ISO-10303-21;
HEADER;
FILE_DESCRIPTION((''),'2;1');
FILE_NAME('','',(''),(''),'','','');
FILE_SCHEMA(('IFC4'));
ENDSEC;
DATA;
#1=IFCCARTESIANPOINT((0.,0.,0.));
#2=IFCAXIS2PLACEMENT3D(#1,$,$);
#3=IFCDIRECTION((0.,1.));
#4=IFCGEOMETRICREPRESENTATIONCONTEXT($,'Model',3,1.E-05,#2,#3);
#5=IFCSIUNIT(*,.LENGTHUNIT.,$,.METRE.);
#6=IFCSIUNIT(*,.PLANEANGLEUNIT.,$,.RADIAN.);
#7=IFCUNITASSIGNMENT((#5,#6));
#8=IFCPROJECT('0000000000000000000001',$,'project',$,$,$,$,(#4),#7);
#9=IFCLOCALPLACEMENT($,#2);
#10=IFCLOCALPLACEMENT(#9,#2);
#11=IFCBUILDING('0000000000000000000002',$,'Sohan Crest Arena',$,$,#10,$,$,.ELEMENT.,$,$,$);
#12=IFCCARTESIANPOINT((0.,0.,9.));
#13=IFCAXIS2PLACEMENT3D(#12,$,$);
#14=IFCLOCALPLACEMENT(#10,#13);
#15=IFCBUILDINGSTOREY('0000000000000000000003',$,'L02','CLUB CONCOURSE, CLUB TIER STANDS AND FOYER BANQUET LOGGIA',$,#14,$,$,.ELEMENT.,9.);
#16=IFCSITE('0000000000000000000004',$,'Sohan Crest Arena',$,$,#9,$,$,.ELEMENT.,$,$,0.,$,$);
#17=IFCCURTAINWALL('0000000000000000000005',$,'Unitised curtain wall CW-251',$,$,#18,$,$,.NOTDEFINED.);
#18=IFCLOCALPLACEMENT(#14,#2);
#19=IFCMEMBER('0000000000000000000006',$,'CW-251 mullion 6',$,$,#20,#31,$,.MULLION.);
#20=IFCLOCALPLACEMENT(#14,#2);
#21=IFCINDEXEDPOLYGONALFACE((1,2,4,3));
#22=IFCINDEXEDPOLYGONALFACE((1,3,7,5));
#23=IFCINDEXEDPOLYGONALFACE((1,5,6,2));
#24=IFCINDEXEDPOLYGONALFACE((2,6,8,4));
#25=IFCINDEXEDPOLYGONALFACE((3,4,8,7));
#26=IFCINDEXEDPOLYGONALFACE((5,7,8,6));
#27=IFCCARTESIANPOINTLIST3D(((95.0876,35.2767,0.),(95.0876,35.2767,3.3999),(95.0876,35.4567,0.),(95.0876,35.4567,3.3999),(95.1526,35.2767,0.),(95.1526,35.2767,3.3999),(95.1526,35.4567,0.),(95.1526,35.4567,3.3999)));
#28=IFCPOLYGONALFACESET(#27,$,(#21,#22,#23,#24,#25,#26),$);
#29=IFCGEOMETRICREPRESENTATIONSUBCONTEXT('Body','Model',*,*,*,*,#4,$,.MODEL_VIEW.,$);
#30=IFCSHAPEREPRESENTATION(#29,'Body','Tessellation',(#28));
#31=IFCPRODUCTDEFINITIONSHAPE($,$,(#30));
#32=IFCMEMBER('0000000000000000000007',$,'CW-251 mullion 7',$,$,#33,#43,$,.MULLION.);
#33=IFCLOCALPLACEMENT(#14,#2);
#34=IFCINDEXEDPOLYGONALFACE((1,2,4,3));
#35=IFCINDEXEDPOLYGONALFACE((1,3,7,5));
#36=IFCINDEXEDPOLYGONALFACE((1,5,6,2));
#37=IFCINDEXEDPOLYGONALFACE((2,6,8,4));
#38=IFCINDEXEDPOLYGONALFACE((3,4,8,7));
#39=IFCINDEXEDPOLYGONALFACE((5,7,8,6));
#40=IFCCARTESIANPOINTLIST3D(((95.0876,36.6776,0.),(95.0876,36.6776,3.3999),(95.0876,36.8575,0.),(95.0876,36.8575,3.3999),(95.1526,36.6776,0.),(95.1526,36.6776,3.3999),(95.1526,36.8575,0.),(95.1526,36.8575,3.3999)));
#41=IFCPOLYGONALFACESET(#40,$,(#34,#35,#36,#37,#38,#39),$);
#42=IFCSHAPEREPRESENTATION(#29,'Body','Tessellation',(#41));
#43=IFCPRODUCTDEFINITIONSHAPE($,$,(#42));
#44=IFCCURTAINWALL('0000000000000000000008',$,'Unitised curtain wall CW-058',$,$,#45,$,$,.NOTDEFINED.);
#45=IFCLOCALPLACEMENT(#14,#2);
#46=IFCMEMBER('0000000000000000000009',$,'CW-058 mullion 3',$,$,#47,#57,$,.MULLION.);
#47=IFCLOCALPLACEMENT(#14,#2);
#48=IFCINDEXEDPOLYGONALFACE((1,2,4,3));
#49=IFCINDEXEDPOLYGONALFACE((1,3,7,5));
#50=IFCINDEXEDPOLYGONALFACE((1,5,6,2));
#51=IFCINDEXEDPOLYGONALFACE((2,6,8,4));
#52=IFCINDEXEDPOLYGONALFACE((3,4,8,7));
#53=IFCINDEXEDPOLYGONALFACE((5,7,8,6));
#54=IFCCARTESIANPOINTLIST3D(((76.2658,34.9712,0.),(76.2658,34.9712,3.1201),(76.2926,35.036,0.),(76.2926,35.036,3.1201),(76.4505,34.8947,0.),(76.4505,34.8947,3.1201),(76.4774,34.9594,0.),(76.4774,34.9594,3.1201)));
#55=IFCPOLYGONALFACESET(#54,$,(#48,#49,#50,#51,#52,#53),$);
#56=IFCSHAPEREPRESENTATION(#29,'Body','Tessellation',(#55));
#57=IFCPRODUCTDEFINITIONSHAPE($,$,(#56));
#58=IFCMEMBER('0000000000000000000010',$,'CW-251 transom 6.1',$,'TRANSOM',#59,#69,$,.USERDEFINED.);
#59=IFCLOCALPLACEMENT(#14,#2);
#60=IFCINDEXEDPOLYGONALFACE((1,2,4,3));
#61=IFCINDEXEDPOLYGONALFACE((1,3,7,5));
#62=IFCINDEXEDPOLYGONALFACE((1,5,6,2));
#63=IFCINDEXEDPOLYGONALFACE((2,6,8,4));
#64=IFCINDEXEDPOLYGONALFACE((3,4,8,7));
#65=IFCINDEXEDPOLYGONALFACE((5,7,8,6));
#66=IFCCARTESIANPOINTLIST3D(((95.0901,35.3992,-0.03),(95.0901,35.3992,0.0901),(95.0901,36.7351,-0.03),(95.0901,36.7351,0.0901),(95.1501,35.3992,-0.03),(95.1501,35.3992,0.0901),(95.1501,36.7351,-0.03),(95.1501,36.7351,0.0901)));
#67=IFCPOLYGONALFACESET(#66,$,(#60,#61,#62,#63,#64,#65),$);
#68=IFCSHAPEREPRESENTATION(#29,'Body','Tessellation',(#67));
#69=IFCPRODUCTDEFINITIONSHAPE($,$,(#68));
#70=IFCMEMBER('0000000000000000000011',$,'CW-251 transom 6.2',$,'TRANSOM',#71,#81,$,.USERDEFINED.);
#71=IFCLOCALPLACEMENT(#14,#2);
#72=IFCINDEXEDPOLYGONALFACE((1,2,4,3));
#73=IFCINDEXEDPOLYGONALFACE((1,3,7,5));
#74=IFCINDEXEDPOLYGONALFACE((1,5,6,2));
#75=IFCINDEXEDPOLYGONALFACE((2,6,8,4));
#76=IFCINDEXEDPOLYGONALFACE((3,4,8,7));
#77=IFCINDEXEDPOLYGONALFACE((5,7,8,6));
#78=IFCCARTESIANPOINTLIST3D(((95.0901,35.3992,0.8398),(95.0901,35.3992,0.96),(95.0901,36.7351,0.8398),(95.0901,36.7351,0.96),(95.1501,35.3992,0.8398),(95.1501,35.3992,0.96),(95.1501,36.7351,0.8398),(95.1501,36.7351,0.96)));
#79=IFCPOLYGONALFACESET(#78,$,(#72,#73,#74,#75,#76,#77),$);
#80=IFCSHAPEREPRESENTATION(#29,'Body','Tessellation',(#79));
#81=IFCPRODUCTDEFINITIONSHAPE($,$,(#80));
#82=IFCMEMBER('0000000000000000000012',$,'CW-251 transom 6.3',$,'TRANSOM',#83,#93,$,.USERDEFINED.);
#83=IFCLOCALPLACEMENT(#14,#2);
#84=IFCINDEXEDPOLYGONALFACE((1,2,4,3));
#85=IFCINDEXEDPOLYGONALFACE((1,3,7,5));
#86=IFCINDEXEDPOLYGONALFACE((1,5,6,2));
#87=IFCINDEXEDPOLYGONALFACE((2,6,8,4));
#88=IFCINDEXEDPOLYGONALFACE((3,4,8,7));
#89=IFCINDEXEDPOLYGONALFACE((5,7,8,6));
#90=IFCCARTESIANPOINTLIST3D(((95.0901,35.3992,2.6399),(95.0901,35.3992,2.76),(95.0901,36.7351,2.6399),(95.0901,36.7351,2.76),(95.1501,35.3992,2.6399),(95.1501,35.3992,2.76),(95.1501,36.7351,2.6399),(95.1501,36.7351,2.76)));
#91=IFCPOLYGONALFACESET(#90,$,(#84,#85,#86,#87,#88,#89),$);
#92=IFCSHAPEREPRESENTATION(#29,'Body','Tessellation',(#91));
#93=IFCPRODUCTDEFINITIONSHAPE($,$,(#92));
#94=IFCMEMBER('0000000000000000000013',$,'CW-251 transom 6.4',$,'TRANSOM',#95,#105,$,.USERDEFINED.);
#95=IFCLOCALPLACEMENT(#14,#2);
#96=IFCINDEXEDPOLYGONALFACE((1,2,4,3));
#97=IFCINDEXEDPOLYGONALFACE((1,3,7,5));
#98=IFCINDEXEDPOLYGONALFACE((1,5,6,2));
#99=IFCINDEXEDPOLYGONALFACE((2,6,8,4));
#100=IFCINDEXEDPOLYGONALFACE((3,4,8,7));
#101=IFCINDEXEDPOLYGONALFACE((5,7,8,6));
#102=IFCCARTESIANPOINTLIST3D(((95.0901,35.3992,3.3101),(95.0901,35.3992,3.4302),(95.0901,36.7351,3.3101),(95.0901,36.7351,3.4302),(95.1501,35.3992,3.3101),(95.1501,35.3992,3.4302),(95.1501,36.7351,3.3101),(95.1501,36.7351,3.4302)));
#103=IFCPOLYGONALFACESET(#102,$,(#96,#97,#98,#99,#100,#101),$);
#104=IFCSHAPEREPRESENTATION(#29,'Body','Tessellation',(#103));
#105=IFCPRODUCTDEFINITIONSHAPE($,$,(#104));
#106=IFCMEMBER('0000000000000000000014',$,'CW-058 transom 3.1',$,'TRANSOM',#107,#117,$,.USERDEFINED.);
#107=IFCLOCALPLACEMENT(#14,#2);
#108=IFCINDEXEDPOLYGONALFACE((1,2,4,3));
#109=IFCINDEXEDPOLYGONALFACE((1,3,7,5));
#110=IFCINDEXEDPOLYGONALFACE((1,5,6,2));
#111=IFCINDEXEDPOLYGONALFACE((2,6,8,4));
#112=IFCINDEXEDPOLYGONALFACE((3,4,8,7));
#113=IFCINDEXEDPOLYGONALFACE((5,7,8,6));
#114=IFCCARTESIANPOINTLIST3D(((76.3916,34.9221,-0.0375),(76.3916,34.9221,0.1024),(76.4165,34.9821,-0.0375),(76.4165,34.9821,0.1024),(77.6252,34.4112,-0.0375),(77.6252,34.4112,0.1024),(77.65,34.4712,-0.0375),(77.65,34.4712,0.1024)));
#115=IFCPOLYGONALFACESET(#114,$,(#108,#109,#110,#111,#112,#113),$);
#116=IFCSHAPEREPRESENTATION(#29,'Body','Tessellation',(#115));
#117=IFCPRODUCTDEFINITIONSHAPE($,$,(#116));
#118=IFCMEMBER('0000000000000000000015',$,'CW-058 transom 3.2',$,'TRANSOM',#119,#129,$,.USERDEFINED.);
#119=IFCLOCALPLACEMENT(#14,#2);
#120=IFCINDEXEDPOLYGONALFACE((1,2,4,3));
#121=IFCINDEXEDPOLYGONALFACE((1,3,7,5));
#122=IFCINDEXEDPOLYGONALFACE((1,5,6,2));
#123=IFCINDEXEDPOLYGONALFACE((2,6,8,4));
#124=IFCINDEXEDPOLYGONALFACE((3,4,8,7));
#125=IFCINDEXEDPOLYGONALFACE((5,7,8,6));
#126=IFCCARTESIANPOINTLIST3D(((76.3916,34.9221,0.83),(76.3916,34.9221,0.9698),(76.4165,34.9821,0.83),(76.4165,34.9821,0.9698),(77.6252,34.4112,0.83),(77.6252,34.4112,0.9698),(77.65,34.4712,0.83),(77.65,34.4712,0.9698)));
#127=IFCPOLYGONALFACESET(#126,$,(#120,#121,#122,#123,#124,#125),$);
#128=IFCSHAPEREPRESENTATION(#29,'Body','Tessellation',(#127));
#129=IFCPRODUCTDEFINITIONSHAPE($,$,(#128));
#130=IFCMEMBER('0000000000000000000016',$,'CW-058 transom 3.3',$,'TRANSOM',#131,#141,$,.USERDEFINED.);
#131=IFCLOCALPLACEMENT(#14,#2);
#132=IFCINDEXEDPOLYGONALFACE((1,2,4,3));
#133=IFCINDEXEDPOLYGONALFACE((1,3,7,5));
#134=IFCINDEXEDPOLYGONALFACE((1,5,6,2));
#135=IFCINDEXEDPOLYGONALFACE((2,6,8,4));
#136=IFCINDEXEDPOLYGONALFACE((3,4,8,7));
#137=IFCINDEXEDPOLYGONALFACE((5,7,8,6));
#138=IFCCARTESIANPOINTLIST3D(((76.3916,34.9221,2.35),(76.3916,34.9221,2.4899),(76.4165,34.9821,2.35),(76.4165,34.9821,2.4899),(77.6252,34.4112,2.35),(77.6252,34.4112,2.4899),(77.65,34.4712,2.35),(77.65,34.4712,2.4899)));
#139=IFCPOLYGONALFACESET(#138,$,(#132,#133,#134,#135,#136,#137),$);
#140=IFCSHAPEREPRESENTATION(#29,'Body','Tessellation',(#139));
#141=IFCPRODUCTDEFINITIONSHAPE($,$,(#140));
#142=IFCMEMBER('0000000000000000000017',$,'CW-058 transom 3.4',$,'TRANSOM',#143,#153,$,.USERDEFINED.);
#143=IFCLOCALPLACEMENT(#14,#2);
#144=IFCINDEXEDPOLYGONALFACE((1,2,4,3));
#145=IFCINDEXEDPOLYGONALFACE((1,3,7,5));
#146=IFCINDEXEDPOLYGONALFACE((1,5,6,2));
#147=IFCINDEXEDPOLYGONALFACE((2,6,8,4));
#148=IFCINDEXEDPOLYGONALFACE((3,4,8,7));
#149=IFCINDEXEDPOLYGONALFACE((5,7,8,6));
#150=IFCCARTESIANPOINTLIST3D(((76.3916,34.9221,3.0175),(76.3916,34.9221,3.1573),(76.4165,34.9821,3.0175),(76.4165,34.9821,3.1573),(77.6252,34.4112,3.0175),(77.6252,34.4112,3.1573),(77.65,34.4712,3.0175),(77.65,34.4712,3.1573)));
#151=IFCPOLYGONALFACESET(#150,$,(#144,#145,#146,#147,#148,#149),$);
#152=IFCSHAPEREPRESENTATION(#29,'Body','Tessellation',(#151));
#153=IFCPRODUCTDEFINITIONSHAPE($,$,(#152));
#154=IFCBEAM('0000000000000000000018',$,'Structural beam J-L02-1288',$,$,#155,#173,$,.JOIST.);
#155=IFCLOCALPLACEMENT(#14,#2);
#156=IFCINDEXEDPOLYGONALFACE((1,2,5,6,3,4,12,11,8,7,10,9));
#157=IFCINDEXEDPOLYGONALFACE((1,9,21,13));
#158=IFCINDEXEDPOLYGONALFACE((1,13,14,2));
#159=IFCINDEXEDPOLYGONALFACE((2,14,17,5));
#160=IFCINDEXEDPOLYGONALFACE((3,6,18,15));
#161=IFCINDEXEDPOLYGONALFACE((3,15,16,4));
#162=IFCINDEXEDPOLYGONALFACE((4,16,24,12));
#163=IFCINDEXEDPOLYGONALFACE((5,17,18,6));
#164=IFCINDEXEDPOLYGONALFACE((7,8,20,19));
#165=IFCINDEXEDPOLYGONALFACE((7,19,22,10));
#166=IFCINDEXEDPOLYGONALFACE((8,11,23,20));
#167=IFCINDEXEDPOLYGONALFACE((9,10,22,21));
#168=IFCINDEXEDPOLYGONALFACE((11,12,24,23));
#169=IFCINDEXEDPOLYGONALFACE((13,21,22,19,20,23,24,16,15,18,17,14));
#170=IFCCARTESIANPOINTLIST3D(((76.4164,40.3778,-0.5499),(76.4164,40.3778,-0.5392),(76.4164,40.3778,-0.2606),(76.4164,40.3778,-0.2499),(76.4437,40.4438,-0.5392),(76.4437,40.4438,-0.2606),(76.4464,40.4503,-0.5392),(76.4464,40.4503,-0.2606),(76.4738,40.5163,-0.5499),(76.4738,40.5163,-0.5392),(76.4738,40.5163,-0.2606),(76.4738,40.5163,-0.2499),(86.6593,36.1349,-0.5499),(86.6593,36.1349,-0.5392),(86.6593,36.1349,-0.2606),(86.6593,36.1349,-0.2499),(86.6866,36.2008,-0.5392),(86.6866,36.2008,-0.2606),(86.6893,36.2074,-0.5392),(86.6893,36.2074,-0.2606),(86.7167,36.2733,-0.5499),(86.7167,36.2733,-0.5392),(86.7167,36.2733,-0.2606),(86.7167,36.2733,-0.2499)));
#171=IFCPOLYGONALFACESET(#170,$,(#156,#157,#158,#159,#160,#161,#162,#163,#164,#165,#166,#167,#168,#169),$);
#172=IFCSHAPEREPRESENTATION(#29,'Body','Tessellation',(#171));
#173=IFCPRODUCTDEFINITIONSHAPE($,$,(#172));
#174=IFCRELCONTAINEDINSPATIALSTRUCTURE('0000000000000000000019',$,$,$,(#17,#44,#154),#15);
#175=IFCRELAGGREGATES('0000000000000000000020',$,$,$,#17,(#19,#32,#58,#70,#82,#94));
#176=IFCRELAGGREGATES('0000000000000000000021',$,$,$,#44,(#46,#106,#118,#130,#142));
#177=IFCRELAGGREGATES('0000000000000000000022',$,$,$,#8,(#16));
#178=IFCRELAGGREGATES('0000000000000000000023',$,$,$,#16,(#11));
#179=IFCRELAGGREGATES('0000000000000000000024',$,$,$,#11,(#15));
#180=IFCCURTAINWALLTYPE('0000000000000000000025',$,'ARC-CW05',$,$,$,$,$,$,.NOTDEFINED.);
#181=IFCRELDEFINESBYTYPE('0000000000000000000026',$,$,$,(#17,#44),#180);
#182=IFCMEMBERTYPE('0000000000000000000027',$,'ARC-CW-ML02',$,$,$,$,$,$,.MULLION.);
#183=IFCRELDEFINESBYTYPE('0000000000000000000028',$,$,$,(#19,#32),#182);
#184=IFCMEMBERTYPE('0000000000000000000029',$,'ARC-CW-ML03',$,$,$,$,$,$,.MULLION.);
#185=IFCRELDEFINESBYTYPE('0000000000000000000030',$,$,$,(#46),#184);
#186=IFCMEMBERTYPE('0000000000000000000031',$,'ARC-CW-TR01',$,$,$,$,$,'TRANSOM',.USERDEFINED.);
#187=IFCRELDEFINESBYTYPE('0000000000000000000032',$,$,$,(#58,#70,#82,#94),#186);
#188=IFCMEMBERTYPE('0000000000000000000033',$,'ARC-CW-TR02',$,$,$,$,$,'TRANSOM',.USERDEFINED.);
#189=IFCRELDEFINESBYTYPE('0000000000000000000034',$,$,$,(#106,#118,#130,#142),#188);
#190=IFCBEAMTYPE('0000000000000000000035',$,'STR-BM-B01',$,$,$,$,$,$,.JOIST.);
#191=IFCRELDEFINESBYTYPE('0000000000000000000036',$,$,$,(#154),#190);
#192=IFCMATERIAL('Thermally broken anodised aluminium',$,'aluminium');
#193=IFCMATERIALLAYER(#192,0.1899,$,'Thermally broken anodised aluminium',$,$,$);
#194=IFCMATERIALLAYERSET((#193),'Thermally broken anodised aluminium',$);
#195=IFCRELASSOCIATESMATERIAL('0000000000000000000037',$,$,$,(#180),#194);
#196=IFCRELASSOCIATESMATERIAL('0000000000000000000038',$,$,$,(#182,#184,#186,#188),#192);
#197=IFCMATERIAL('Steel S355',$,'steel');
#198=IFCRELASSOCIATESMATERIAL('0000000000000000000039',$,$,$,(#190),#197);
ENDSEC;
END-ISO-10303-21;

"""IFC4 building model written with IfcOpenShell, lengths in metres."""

from ifc_helpers import new_model, si_unit, direction, frame, origin, origin_2d, place, context, subcontext, project, spatial, rectangle, i_section, extrude, material, layer, layer_set, material_profile, profile_set, type_object, element, aggregate, save


model = new_model("IFC4")

# Units and contexts
model_context = context("Model", 3, precision=1e-05, world=origin(), true_north=direction((0.0, 1.0)))
body_context = subcontext(model_context, "Body", "Model", "MODEL_VIEW")
ifc_project = project(units=[si_unit("LENGTHUNIT", "METRE"), si_unit("PLANEANGLEUNIT", "RADIAN")], contexts=[model_context])

# Site, building, storey
site_placement = place(None, origin())
site = spatial("IfcSite", under=ifc_project, at=site_placement, Name="Sohan Crest Arena", CompositionType="ELEMENT", RefElevation=0.0)
building_placement = place(site_placement, origin())
building = spatial("IfcBuilding", under=site, at=building_placement, Name="Sohan Crest Arena", CompositionType="ELEMENT")
storey_placement = place(building_placement, frame((0.0, 0.0, 9.0)))
storey = spatial("IfcBuildingStorey", under=building, at=storey_placement, Name="L02", Description="CLUB CONCOURSE, CLUB TIER STANDS AND FOYER BANQUET LOGGIA", CompositionType="ELEMENT", Elevation=9.0)

# Curtain wall, members
ifc_material_1 = material(Name="Thermally broken anodised aluminium", Category="aluminium")
ifc_layer_1 = layer(ifc_material_1, 0.1899, Name="Thermally broken anodised aluminium")
ifc_layer_set_1 = layer_set([ifc_layer_1], Name="Thermally broken anodised aluminium")
curtain_wall_type = type_object("IfcCurtainWallType", Name="ARC-CW05", PredefinedType="NOTDEFINED", material=ifc_layer_set_1)
curtain_wall_1_placement = place(storey_placement, origin())
curtain_wall_1 = element("IfcCurtainWall", 1, at=curtain_wall_1_placement, inside=storey, type_object=curtain_wall_type, Name="Unitised curtain wall CW-251", PredefinedType="NOTDEFINED")
ifc_material_profile_1 = material_profile(ifc_material_1, rectangle(XDim=0.0649, YDim=0.1799, at=origin_2d()), Name="ALU-MULL 65x180")
ifc_profile_set_1 = profile_set([ifc_material_profile_1], Name="Thermally broken anodised aluminium")
member_type_1 = type_object("IfcMemberType", Name="ARC-CW-ML02", PredefinedType="MULLION", material=ifc_profile_set_1)
member_1_placement = place(storey_placement, frame((95.1201, 35.3667, 0.0), z_axis=(0.0, 0.0, 1.0), x_axis=(-1.0, 0.0, 0.0)))
member_1 = element("IfcMember", 2, at=member_1_placement, type_object=member_type_1, Name="CW-251 mullion 6", PredefinedType="MULLION", context=body_context, shape_type="SweptSolid", body=[
    extrude(rectangle(XDim=0.0649, YDim=0.1799, at=origin_2d()), origin(), (0.0, 0.0, 1.0), 3.3999),
])
member_2_placement = place(storey_placement, frame((95.1201, 36.7676, 0.0), z_axis=(0.0, 0.0, 1.0), x_axis=(-1.0, 0.0, 0.0)))
member_2 = element("IfcMember", 3, at=member_2_placement, type_object=member_type_1, Name="CW-251 mullion 7", PredefinedType="MULLION", context=body_context, shape_type="SweptSolid", body=[
    extrude(rectangle(XDim=0.0649, YDim=0.1799, at=origin_2d()), origin(), (0.0, 0.0, 1.0), 3.3999),
])

# Curtain wall, member
curtain_wall_2_placement = place(storey_placement, origin())
curtain_wall_2 = element("IfcCurtainWall", 4, at=curtain_wall_2_placement, inside=storey, type_object=curtain_wall_type, Name="Unitised curtain wall CW-058", PredefinedType="NOTDEFINED")
ifc_material_profile_2 = material_profile(ifc_material_1, rectangle(XDim=0.0701, YDim=0.2, at=origin_2d()), Name="ALU-MULL 70x200")
ifc_profile_set_2 = profile_set([ifc_material_profile_2], Name="Thermally broken anodised aluminium")
member_type_2 = type_object("IfcMemberType", Name="ARC-CW-ML03", PredefinedType="MULLION", material=ifc_profile_set_2)
member_3_placement = place(storey_placement, frame((76.3716, 34.9653, 0.0), z_axis=(0.0, 0.0, 1.0), x_axis=(0.382678, 0.923882, 0.0)))
member_3 = element("IfcMember", 5, at=member_3_placement, type_object=member_type_2, Name="CW-058 mullion 3", PredefinedType="MULLION", context=body_context, shape_type="SweptSolid", body=[
    extrude(rectangle(XDim=0.0701, YDim=0.2, at=origin_2d()), origin(), (0.0, 0.0, 1.0), 3.1201),
])

# Members
ifc_material_profile_3 = material_profile(ifc_material_1, rectangle(XDim=0.0601, YDim=0.1201, at=origin_2d()), Name="ALU-TRAN 60x120")
ifc_profile_set_3 = profile_set([ifc_material_profile_3], Name="Thermally broken anodised aluminium")
member_type_3 = type_object("IfcMemberType", Name="ARC-CW-TR01", ElementType="TRANSOM", PredefinedType="USERDEFINED", material=ifc_profile_set_3)
member_4_placement = place(storey_placement, frame((95.1201, 35.3992, 0.03), z_axis=(0.0, 1.0, 0.0), x_axis=(-1.0, 0.0, 0.0)))
member_4 = element("IfcMember", 6, at=member_4_placement, type_object=member_type_3, Name="CW-251 transom 6.1", ObjectType="TRANSOM", PredefinedType="USERDEFINED", context=body_context, shape_type="SweptSolid", body=[
    extrude(rectangle(XDim=0.0601, YDim=0.1201, at=origin_2d()), origin(), (0.0, 0.0, 1.0), 1.3359),
])
member_5_placement = place(storey_placement, frame((95.1201, 35.3992, 0.8999), z_axis=(0.0, 1.0, 0.0), x_axis=(-1.0, 0.0, 0.0)))
member_5 = element("IfcMember", 7, at=member_5_placement, type_object=member_type_3, Name="CW-251 transom 6.2", ObjectType="TRANSOM", PredefinedType="USERDEFINED", context=body_context, shape_type="SweptSolid", body=[
    extrude(rectangle(XDim=0.0601, YDim=0.1201, at=origin_2d()), origin(), (0.0, 0.0, 1.0), 1.3359),
])
member_6_placement = place(storey_placement, frame((95.1201, 35.3992, 2.7), z_axis=(0.0, 1.0, 0.0), x_axis=(-1.0, 0.0, 0.0)))
member_6 = element("IfcMember", 8, at=member_6_placement, type_object=member_type_3, Name="CW-251 transom 6.3", ObjectType="TRANSOM", PredefinedType="USERDEFINED", context=body_context, shape_type="SweptSolid", body=[
    extrude(rectangle(XDim=0.0601, YDim=0.1201, at=origin_2d()), origin(), (0.0, 0.0, 1.0), 1.3359),
])
member_7_placement = place(storey_placement, frame((95.1201, 35.3992, 3.3701), z_axis=(0.0, 1.0, 0.0), x_axis=(-1.0, 0.0, 0.0)))
member_7 = element("IfcMember", 9, at=member_7_placement, type_object=member_type_3, Name="CW-251 transom 6.4", ObjectType="TRANSOM", PredefinedType="USERDEFINED", context=body_context, shape_type="SweptSolid", body=[
    extrude(rectangle(XDim=0.0601, YDim=0.1201, at=origin_2d()), origin(), (0.0, 0.0, 1.0), 1.3359),
])
ifc_material_profile_4 = material_profile(ifc_material_1, rectangle(XDim=0.0649, YDim=0.1399, at=origin_2d()), Name="ALU-TRAN 65x140")
ifc_profile_set_4 = profile_set([ifc_material_profile_4], Name="Thermally broken anodised aluminium")
member_type_4 = type_object("IfcMemberType", Name="ARC-CW-TR02", ElementType="TRANSOM", PredefinedType="USERDEFINED", material=ifc_profile_set_4)
member_8_placement = place(storey_placement, frame((76.4041, 34.9521, 0.0325), z_axis=(0.923881, -0.38268, 0.0), x_axis=(0.38268, 0.923881, 0.0)))
member_8 = element("IfcMember", 10, at=member_8_placement, type_object=member_type_4, Name="CW-058 transom 3.1", ObjectType="TRANSOM", PredefinedType="USERDEFINED", context=body_context, shape_type="SweptSolid", body=[
    extrude(rectangle(XDim=0.0649, YDim=0.1399, at=origin_2d()), origin(), (0.0, 0.0, 1.0), 1.3352),
])
member_9_placement = place(storey_placement, frame((76.4041, 34.9521, 0.8999), z_axis=(0.923881, -0.38268, 0.0), x_axis=(0.38268, 0.923881, 0.0)))
member_9 = element("IfcMember", 11, at=member_9_placement, type_object=member_type_4, Name="CW-058 transom 3.2", ObjectType="TRANSOM", PredefinedType="USERDEFINED", context=body_context, shape_type="SweptSolid", body=[
    extrude(rectangle(XDim=0.0649, YDim=0.1399, at=origin_2d()), origin(), (0.0, 0.0, 1.0), 1.3352),
])
member_10_placement = place(storey_placement, frame((76.4041, 34.9521, 2.4199), z_axis=(0.923881, -0.38268, 0.0), x_axis=(0.38268, 0.923881, 0.0)))
member_10 = element("IfcMember", 12, at=member_10_placement, type_object=member_type_4, Name="CW-058 transom 3.3", ObjectType="TRANSOM", PredefinedType="USERDEFINED", context=body_context, shape_type="SweptSolid", body=[
    extrude(rectangle(XDim=0.0649, YDim=0.1399, at=origin_2d()), origin(), (0.0, 0.0, 1.0), 1.3352),
])
member_11_placement = place(storey_placement, frame((76.4041, 34.9521, 3.0874), z_axis=(0.923881, -0.38268, 0.0), x_axis=(0.38268, 0.923881, 0.0)))
member_11 = element("IfcMember", 13, at=member_11_placement, type_object=member_type_4, Name="CW-058 transom 3.4", ObjectType="TRANSOM", PredefinedType="USERDEFINED", context=body_context, shape_type="SweptSolid", body=[
    extrude(rectangle(XDim=0.0649, YDim=0.1399, at=origin_2d()), origin(), (0.0, 0.0, 1.0), 1.3352),
])

# Beam
ifc_material_2 = material(Name="Steel S355", Category="steel")
ifc_material_profile_5 = material_profile(ifc_material_2, i_section(OverallWidth=0.1499, OverallDepth=0.3, WebThickness=0.0071, FlangeThickness=0.0107, at=origin_2d()), Name="IPE 300")
ifc_profile_set_5 = profile_set([ifc_material_profile_5], Name="Steel S355")
beam_type_1 = type_object("IfcBeamType", Name="STR-BM-B01", PredefinedType="JOIST", material=ifc_profile_set_5)
beam_1_placement = place(storey_placement, frame((76.4451, 40.447, -0.3999), z_axis=(0.923874, -0.382696, 0.0), x_axis=(0.382696, 0.923874, 0.0)))
element("IfcBeam", 14, at=beam_1_placement, inside=storey, type_object=beam_type_1, Name="Structural beam J-L02-1288", PredefinedType="JOIST", context=body_context, shape_type="SweptSolid", body=[
    extrude(i_section(OverallWidth=0.1499, OverallDepth=0.3, WebThickness=0.0071, FlangeThickness=0.0107, at=origin_2d()), origin(), (0.0, 0.0, 1.0), 11.0869),
])

aggregate(curtain_wall_1, [member_1, member_2, member_4, member_5, member_6, member_7])
aggregate(curtain_wall_2, [member_3, member_8, member_9, member_10, member_11])

save(model, "model.ifc")
